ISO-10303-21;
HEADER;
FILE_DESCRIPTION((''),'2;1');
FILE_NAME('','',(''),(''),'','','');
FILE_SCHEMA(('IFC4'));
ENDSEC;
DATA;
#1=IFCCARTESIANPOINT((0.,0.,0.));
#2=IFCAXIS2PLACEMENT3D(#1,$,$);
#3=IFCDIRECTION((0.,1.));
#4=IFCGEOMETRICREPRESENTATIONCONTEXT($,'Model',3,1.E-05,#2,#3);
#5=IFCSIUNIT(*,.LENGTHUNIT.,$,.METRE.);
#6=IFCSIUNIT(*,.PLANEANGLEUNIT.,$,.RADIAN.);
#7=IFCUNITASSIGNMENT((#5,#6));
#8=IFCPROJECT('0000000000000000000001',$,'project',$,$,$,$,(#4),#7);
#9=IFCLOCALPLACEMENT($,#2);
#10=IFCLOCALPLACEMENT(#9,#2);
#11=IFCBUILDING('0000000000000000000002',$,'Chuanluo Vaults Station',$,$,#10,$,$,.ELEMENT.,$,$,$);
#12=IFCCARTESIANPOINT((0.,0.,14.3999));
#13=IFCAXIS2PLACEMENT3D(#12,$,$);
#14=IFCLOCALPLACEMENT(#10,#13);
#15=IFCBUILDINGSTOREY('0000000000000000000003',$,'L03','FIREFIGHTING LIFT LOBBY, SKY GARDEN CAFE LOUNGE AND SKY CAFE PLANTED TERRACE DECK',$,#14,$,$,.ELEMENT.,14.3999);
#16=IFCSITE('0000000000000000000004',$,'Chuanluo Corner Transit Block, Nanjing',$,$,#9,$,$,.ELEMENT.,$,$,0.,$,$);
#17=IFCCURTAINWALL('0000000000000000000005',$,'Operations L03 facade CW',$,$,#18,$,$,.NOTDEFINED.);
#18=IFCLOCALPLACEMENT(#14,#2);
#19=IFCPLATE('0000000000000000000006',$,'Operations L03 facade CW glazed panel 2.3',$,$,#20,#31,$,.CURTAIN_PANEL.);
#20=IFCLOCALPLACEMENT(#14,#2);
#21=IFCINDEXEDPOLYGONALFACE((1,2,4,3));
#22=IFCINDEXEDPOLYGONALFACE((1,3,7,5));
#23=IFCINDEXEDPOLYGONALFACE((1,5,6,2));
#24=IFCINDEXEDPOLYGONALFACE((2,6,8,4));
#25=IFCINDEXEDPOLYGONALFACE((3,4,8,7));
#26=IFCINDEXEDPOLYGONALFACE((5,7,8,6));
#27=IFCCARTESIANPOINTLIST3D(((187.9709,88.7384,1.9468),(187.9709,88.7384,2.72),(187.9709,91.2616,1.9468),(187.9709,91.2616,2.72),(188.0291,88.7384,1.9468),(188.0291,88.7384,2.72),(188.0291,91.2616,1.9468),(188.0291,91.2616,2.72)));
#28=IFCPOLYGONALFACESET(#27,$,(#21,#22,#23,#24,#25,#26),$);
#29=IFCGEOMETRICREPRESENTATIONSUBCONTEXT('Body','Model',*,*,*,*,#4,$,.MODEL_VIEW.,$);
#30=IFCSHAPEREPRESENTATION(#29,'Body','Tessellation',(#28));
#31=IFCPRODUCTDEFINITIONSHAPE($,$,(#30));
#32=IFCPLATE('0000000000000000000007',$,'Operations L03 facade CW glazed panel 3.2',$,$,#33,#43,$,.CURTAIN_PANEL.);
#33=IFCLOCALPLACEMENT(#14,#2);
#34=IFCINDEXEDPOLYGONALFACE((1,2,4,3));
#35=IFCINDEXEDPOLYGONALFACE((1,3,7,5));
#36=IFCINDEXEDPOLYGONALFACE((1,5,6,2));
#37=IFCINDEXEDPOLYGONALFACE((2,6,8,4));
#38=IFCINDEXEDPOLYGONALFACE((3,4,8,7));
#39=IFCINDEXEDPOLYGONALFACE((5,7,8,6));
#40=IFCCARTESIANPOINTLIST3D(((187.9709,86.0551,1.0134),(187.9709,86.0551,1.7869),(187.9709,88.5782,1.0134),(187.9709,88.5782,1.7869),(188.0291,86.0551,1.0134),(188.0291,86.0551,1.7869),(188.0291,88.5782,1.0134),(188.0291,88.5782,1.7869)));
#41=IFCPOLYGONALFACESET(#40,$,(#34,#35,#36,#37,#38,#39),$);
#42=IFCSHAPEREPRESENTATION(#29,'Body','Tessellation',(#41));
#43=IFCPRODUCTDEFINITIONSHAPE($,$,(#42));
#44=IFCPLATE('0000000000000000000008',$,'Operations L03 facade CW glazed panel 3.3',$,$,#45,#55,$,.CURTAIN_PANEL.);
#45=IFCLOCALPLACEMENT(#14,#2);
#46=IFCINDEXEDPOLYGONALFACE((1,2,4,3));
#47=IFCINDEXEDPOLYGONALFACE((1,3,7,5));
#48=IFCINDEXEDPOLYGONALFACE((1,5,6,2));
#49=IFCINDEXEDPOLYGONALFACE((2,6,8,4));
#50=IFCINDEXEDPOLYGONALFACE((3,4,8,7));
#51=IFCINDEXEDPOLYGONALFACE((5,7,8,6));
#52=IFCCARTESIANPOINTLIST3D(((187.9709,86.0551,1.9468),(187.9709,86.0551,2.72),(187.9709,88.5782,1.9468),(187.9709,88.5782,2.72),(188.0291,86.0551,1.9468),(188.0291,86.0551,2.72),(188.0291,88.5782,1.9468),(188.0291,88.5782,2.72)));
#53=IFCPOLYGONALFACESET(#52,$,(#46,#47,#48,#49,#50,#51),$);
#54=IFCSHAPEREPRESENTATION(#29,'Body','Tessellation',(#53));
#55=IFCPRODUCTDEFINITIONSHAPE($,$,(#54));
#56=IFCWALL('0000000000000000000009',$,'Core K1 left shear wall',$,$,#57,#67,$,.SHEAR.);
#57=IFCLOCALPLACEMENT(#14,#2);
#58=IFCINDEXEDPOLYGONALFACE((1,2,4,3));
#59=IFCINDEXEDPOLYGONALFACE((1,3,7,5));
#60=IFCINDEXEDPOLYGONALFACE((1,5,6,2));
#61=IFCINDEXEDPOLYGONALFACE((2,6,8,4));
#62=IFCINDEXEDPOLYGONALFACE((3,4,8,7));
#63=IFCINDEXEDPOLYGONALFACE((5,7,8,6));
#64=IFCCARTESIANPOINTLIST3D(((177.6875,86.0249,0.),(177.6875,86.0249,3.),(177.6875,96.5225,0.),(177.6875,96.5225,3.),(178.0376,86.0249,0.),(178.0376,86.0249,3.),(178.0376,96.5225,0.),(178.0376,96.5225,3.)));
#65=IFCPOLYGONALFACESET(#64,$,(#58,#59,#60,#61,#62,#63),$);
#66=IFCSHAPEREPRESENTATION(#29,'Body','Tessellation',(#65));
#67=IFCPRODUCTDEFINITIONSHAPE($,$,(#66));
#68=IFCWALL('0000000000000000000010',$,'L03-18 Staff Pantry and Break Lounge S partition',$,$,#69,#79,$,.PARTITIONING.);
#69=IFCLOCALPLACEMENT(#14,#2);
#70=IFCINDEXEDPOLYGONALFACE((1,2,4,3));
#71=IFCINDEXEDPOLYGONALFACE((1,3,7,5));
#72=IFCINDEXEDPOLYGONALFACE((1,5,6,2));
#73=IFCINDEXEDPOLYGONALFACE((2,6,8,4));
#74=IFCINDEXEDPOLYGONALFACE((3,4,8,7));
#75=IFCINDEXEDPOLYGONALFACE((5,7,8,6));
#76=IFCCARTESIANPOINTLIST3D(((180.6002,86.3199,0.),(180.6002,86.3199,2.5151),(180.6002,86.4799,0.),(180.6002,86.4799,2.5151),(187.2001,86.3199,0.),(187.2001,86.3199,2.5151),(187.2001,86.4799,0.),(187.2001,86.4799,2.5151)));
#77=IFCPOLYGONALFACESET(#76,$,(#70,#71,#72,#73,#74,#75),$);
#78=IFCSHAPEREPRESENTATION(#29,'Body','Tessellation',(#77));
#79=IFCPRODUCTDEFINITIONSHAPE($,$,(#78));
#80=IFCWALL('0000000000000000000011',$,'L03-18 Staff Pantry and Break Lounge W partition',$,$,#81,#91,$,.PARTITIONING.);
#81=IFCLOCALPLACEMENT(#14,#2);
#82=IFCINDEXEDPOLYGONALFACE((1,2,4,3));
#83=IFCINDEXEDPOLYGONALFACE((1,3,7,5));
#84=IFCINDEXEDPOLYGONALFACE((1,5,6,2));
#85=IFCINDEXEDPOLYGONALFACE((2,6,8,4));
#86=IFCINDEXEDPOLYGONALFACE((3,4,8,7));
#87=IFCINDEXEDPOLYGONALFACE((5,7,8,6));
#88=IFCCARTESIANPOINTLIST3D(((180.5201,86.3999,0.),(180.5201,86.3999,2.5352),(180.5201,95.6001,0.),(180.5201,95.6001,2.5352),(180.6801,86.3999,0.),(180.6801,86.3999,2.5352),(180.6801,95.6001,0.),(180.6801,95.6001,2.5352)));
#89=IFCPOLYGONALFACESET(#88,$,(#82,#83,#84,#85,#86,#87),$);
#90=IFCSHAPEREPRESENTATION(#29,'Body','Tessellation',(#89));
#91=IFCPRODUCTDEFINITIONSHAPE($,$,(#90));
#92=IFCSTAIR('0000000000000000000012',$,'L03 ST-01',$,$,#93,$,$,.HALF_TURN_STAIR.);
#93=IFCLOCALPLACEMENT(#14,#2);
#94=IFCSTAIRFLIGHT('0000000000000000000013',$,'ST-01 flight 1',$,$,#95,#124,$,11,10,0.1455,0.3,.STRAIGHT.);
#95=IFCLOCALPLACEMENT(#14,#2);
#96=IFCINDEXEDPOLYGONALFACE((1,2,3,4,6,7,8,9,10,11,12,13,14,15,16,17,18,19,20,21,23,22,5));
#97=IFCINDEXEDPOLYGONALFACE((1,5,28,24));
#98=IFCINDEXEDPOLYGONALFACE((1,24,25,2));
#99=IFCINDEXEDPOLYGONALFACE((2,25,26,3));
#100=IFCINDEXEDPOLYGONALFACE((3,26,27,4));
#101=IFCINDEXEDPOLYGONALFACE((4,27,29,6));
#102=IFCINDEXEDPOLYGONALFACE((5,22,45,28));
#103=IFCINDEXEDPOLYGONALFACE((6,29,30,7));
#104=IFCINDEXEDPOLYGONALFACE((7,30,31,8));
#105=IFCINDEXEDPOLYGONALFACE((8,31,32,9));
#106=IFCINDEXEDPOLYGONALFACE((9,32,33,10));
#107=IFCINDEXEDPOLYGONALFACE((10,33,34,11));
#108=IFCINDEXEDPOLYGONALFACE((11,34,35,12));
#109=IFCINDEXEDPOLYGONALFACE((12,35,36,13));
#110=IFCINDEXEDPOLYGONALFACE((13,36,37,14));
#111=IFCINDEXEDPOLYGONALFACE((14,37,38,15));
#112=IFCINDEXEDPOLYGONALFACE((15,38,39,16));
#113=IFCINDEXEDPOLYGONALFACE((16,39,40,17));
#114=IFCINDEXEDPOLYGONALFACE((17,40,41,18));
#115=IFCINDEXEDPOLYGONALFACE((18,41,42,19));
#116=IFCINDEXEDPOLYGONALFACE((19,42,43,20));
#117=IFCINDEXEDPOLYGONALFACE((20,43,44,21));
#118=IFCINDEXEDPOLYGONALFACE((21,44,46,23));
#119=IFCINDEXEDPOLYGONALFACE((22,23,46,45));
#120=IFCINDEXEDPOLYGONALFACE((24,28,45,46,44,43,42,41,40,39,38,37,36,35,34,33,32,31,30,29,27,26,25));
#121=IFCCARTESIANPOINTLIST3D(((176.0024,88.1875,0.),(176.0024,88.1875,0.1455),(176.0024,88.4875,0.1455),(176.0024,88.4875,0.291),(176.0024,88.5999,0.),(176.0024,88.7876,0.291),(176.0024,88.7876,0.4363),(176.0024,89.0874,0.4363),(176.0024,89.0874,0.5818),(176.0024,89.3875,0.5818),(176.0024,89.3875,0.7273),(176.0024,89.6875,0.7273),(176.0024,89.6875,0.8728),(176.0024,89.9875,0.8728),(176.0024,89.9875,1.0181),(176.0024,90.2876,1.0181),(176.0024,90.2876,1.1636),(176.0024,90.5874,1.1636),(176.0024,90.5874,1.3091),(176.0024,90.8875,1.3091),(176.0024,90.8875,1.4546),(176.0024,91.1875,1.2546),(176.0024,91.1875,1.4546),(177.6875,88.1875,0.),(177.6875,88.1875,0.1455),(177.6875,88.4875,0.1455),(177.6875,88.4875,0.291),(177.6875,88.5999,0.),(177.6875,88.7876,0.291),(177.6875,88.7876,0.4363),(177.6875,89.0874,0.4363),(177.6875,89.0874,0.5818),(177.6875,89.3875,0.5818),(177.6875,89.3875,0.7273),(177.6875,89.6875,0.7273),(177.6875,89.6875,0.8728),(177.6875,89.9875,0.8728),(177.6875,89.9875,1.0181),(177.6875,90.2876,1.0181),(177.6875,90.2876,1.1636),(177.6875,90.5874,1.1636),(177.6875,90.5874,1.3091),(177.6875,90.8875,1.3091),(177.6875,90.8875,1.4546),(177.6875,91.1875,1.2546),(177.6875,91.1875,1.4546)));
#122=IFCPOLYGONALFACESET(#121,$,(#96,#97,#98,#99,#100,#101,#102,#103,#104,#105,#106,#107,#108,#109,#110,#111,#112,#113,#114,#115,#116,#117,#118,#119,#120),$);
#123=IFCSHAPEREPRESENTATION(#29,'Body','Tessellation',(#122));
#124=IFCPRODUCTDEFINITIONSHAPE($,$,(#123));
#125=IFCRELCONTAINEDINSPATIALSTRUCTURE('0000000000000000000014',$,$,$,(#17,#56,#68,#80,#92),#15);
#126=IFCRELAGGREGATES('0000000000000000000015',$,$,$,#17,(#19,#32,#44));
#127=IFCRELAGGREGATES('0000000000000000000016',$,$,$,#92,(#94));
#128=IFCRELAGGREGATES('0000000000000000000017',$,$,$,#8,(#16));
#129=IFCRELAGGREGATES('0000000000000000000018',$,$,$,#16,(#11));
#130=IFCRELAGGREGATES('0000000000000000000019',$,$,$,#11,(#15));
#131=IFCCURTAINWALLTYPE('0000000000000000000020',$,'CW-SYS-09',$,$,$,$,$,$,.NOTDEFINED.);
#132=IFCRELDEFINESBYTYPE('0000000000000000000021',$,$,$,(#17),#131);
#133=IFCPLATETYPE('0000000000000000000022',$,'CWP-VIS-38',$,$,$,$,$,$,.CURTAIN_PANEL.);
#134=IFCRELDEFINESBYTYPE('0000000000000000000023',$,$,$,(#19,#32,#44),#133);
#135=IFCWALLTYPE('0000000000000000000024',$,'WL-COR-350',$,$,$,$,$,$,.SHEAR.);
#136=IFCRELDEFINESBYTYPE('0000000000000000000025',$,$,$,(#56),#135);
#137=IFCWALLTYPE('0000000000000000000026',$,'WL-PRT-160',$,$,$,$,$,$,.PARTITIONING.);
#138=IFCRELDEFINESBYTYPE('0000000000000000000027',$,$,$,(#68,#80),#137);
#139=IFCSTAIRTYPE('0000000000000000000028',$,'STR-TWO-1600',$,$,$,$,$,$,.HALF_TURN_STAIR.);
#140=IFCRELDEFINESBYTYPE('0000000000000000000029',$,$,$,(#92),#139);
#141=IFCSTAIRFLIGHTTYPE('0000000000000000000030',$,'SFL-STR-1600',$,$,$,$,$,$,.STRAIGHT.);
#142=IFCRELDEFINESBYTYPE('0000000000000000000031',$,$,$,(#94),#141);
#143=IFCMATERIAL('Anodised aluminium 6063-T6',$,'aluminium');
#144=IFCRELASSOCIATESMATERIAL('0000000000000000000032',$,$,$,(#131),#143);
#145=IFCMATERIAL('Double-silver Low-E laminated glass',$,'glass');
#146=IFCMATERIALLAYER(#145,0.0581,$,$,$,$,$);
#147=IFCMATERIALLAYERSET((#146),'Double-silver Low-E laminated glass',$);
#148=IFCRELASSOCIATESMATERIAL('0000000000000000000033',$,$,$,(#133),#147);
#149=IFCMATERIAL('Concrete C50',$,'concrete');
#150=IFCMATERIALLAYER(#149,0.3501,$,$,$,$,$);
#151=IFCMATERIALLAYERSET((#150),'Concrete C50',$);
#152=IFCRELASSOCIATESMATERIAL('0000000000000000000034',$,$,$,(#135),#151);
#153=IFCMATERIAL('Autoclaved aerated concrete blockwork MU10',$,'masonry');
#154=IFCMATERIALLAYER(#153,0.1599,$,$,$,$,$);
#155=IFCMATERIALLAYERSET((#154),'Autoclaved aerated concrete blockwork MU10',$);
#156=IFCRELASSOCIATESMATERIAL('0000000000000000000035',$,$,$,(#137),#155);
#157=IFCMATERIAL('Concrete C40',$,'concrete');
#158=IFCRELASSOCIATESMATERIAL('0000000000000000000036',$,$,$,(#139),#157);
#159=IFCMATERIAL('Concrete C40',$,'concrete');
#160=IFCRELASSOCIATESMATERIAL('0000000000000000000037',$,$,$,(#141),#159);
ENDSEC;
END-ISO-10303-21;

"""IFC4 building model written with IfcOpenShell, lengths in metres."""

from ifc_helpers import new_model, si_unit, direction, frame, frame_2d, origin, origin_2d, place, context, subcontext, project, spatial, polyline, rectangle, outline, extrude, material, layer, layer_set, type_object, element, aggregate, save


model = new_model("IFC4")

# Units and contexts
model_context = context("Model", 3, precision=1e-05, world=origin(), true_north=direction((0.0, 1.0)))
body_context = subcontext(model_context, "Body", "Model", "MODEL_VIEW")
ifc_project = project(units=[si_unit("LENGTHUNIT", "METRE"), si_unit("PLANEANGLEUNIT", "RADIAN")], contexts=[model_context])

# Site, building, storey
site_placement = place(None, origin())
site = spatial("IfcSite", under=ifc_project, at=site_placement, Name="Chuanluo Corner Transit Block, Nanjing", CompositionType="ELEMENT", RefElevation=0.0)
building_placement = place(site_placement, origin())
building = spatial("IfcBuilding", under=site, at=building_placement, Name="Chuanluo Vaults Station", CompositionType="ELEMENT")
storey_placement = place(building_placement, frame((0.0, 0.0, 14.3999)))
storey = spatial("IfcBuildingStorey", under=building, at=storey_placement, Name="L03", Description="FIREFIGHTING LIFT LOBBY, SKY GARDEN CAFE LOUNGE AND SKY CAFE PLANTED TERRACE DECK", CompositionType="ELEMENT", Elevation=14.3999)

# Curtain wall, plates
ifc_material_1 = material(Name="Anodised aluminium 6063-T6", Category="aluminium")
curtain_wall_type = type_object("IfcCurtainWallType", Name="CW-SYS-09", PredefinedType="NOTDEFINED", material=ifc_material_1)
curtain_wall_placement = place(storey_placement, origin())
curtain_wall = element("IfcCurtainWall", 1, at=curtain_wall_placement, inside=storey, type_object=curtain_wall_type, Name="Operations L03 facade CW", PredefinedType="NOTDEFINED")
ifc_material_2 = material(Name="Double-silver Low-E laminated glass", Category="glass")
ifc_layer_1 = layer(ifc_material_2, 0.0581)
ifc_layer_set_1 = layer_set([ifc_layer_1], Name="Double-silver Low-E laminated glass")
plate_type_1 = type_object("IfcPlateType", Name="CWP-VIS-38", PredefinedType="CURTAIN_PANEL", material=ifc_layer_set_1)
plate_1_placement = place(storey_placement, frame((188.0, 90.0, 1.9468), z_axis=(0.0, 0.0, 1.0), x_axis=(0.0, -1.0, 0.0)))
plate_1 = element("IfcPlate", 2, at=plate_1_placement, type_object=plate_type_1, Name="Operations L03 facade CW glazed panel 2.3", PredefinedType="CURTAIN_PANEL", context=body_context, shape_type="SweptSolid", body=[
    extrude(rectangle(XDim=2.5232, YDim=0.0581, at=origin_2d()), origin(), (0.0, 0.0, 1.0), 0.7732),
])
plate_2_placement = place(storey_placement, frame((188.0, 87.3167, 1.0134), z_axis=(0.0, 0.0, 1.0), x_axis=(0.0, -1.0, 0.0)))
plate_2 = element("IfcPlate", 3, at=plate_2_placement, type_object=plate_type_1, Name="Operations L03 facade CW glazed panel 3.2", PredefinedType="CURTAIN_PANEL", context=body_context, shape_type="SweptSolid", body=[
    extrude(rectangle(XDim=2.5232, YDim=0.0581, at=origin_2d()), origin(), (0.0, 0.0, 1.0), 0.7734),
])
plate_3_placement = place(storey_placement, frame((188.0, 87.3167, 1.9468), z_axis=(0.0, 0.0, 1.0), x_axis=(0.0, -1.0, 0.0)))
plate_3 = element("IfcPlate", 4, at=plate_3_placement, type_object=plate_type_1, Name="Operations L03 facade CW glazed panel 3.3", PredefinedType="CURTAIN_PANEL", context=body_context, shape_type="SweptSolid", body=[
    extrude(rectangle(XDim=2.5232, YDim=0.0581, at=origin_2d()), origin(), (0.0, 0.0, 1.0), 0.7732),
])
aggregate(curtain_wall, [plate_1, plate_2, plate_3])

# Walls
ifc_material_3 = material(Name="Concrete C50", Category="concrete")
ifc_layer_2 = layer(ifc_material_3, 0.3501)
ifc_layer_set_2 = layer_set([ifc_layer_2], Name="Concrete C50")
wall_type_1 = type_object("IfcWallType", Name="WL-COR-350", PredefinedType="SHEAR", material=ifc_layer_set_2)
wall_1_placement = place(storey_placement, frame((177.8625, 86.0249, 0.0), z_axis=(0.0, 0.0, 1.0), x_axis=(0.0, 1.0, 0.0)))
element("IfcWall", 5, at=wall_1_placement, inside=storey, type_object=wall_type_1, Name="Core K1 left shear wall", PredefinedType="SHEAR", context=body_context, shape_type="SweptSolid", body=[
    extrude(rectangle(XDim=10.4976, YDim=0.3501, at=frame_2d((5.2488, 0.0))), origin(), (0.0, 0.0, 1.0), 3.0),
])
ifc_material_4 = material(Name="Autoclaved aerated concrete blockwork MU10", Category="masonry")
ifc_layer_3 = layer(ifc_material_4, 0.1599)
ifc_layer_set_3 = layer_set([ifc_layer_3], Name="Autoclaved aerated concrete blockwork MU10")
wall_type_2 = type_object("IfcWallType", Name="WL-PRT-160", PredefinedType="PARTITIONING", material=ifc_layer_set_3)
wall_2_placement = place(storey_placement, frame((187.2, 86.3999, 0.0), z_axis=(0.0, 0.0, 1.0), x_axis=(-1.0, 0.0, 0.0)))
element("IfcWall", 6, at=wall_2_placement, inside=storey, type_object=wall_type_2, Name="L03-18 Staff Pantry and Break Lounge S partition", PredefinedType="PARTITIONING", context=body_context, shape_type="SweptSolid", body=[
    extrude(rectangle(XDim=6.5999, YDim=0.1599, at=frame_2d((3.2998, 0.0))), origin(), (0.0, 0.0, 1.0), 2.5151),
])
wall_3_placement = place(storey_placement, frame((180.6001, 86.3999, 0.0), z_axis=(0.0, 0.0, 1.0), x_axis=(0.0, 1.0, 0.0)))
element("IfcWall", 7, at=wall_3_placement, inside=storey, type_object=wall_type_2, Name="L03-18 Staff Pantry and Break Lounge W partition", PredefinedType="PARTITIONING", context=body_context, shape_type="SweptSolid", body=[
    extrude(rectangle(XDim=9.2002, YDim=0.1599, at=frame_2d((4.6001, 0.0))), origin(), (0.0, 0.0, 1.0), 2.5352),
])

# Stair, stair flight
ifc_material_5 = material(Name="Concrete C40", Category="concrete")
stair_type = type_object("IfcStairType", Name="STR-TWO-1600", PredefinedType="HALF_TURN_STAIR", material=ifc_material_5)
stair_placement = place(storey_placement, origin())
stair = element("IfcStair", 8, at=stair_placement, inside=storey, type_object=stair_type, Name="L03 ST-01", PredefinedType="HALF_TURN_STAIR")
ifc_material_6 = material(Name="Concrete C40", Category="concrete")
stair_flight_type = type_object("IfcStairFlightType", Name="SFL-STR-1600", PredefinedType="STRAIGHT", material=ifc_material_6)
stair_flight_placement = place(storey_placement, frame((176.845, 88.1875, 0.0), z_axis=(0.0, 0.0, 1.0), x_axis=(0.0, 1.0, 0.0)))
stair_flight = element("IfcStairFlight", 9, at=stair_flight_placement, type_object=stair_flight_type, Name="ST-01 flight 1", NumberOfRisers=11, NumberOfTreads=10, PredefinedType="STRAIGHT", RiserHeight=0.1455, TreadLength=0.3, context=body_context, shape_type="SweptSolid", body=[
    extrude(outline(polyline([(0.0, 0.0), (0.0, 0.1455), (0.3, 0.1455), (0.3, 0.291), (0.6001, 0.291), (0.6001, 0.4363), (0.8999, 0.4363), (0.8999, 0.5818), (1.2, 0.5818), (1.2, 0.7273), (1.5, 0.7273), (1.5, 0.8728), (1.8, 0.8728), (1.8, 1.0181), (2.1001, 1.0181), (2.1001, 1.1636), (2.3999, 1.1636), (2.3999, 1.3091), (2.7, 1.3091), (2.7, 1.4546), (3.0, 1.4546), (3.0, 1.6001), (3.0, 1.2546), (0.4124, 0.0), (0.0, 0.0)])), frame((0.0, 0.8425, 0.0), z_axis=(0.0, -1.0, 0.0), x_axis=(1.0, 0.0, 0.0)), (0.0, 0.0, 1.0), 1.6851),
])
aggregate(stair, [stair_flight])

save(model, "model.ifc")
